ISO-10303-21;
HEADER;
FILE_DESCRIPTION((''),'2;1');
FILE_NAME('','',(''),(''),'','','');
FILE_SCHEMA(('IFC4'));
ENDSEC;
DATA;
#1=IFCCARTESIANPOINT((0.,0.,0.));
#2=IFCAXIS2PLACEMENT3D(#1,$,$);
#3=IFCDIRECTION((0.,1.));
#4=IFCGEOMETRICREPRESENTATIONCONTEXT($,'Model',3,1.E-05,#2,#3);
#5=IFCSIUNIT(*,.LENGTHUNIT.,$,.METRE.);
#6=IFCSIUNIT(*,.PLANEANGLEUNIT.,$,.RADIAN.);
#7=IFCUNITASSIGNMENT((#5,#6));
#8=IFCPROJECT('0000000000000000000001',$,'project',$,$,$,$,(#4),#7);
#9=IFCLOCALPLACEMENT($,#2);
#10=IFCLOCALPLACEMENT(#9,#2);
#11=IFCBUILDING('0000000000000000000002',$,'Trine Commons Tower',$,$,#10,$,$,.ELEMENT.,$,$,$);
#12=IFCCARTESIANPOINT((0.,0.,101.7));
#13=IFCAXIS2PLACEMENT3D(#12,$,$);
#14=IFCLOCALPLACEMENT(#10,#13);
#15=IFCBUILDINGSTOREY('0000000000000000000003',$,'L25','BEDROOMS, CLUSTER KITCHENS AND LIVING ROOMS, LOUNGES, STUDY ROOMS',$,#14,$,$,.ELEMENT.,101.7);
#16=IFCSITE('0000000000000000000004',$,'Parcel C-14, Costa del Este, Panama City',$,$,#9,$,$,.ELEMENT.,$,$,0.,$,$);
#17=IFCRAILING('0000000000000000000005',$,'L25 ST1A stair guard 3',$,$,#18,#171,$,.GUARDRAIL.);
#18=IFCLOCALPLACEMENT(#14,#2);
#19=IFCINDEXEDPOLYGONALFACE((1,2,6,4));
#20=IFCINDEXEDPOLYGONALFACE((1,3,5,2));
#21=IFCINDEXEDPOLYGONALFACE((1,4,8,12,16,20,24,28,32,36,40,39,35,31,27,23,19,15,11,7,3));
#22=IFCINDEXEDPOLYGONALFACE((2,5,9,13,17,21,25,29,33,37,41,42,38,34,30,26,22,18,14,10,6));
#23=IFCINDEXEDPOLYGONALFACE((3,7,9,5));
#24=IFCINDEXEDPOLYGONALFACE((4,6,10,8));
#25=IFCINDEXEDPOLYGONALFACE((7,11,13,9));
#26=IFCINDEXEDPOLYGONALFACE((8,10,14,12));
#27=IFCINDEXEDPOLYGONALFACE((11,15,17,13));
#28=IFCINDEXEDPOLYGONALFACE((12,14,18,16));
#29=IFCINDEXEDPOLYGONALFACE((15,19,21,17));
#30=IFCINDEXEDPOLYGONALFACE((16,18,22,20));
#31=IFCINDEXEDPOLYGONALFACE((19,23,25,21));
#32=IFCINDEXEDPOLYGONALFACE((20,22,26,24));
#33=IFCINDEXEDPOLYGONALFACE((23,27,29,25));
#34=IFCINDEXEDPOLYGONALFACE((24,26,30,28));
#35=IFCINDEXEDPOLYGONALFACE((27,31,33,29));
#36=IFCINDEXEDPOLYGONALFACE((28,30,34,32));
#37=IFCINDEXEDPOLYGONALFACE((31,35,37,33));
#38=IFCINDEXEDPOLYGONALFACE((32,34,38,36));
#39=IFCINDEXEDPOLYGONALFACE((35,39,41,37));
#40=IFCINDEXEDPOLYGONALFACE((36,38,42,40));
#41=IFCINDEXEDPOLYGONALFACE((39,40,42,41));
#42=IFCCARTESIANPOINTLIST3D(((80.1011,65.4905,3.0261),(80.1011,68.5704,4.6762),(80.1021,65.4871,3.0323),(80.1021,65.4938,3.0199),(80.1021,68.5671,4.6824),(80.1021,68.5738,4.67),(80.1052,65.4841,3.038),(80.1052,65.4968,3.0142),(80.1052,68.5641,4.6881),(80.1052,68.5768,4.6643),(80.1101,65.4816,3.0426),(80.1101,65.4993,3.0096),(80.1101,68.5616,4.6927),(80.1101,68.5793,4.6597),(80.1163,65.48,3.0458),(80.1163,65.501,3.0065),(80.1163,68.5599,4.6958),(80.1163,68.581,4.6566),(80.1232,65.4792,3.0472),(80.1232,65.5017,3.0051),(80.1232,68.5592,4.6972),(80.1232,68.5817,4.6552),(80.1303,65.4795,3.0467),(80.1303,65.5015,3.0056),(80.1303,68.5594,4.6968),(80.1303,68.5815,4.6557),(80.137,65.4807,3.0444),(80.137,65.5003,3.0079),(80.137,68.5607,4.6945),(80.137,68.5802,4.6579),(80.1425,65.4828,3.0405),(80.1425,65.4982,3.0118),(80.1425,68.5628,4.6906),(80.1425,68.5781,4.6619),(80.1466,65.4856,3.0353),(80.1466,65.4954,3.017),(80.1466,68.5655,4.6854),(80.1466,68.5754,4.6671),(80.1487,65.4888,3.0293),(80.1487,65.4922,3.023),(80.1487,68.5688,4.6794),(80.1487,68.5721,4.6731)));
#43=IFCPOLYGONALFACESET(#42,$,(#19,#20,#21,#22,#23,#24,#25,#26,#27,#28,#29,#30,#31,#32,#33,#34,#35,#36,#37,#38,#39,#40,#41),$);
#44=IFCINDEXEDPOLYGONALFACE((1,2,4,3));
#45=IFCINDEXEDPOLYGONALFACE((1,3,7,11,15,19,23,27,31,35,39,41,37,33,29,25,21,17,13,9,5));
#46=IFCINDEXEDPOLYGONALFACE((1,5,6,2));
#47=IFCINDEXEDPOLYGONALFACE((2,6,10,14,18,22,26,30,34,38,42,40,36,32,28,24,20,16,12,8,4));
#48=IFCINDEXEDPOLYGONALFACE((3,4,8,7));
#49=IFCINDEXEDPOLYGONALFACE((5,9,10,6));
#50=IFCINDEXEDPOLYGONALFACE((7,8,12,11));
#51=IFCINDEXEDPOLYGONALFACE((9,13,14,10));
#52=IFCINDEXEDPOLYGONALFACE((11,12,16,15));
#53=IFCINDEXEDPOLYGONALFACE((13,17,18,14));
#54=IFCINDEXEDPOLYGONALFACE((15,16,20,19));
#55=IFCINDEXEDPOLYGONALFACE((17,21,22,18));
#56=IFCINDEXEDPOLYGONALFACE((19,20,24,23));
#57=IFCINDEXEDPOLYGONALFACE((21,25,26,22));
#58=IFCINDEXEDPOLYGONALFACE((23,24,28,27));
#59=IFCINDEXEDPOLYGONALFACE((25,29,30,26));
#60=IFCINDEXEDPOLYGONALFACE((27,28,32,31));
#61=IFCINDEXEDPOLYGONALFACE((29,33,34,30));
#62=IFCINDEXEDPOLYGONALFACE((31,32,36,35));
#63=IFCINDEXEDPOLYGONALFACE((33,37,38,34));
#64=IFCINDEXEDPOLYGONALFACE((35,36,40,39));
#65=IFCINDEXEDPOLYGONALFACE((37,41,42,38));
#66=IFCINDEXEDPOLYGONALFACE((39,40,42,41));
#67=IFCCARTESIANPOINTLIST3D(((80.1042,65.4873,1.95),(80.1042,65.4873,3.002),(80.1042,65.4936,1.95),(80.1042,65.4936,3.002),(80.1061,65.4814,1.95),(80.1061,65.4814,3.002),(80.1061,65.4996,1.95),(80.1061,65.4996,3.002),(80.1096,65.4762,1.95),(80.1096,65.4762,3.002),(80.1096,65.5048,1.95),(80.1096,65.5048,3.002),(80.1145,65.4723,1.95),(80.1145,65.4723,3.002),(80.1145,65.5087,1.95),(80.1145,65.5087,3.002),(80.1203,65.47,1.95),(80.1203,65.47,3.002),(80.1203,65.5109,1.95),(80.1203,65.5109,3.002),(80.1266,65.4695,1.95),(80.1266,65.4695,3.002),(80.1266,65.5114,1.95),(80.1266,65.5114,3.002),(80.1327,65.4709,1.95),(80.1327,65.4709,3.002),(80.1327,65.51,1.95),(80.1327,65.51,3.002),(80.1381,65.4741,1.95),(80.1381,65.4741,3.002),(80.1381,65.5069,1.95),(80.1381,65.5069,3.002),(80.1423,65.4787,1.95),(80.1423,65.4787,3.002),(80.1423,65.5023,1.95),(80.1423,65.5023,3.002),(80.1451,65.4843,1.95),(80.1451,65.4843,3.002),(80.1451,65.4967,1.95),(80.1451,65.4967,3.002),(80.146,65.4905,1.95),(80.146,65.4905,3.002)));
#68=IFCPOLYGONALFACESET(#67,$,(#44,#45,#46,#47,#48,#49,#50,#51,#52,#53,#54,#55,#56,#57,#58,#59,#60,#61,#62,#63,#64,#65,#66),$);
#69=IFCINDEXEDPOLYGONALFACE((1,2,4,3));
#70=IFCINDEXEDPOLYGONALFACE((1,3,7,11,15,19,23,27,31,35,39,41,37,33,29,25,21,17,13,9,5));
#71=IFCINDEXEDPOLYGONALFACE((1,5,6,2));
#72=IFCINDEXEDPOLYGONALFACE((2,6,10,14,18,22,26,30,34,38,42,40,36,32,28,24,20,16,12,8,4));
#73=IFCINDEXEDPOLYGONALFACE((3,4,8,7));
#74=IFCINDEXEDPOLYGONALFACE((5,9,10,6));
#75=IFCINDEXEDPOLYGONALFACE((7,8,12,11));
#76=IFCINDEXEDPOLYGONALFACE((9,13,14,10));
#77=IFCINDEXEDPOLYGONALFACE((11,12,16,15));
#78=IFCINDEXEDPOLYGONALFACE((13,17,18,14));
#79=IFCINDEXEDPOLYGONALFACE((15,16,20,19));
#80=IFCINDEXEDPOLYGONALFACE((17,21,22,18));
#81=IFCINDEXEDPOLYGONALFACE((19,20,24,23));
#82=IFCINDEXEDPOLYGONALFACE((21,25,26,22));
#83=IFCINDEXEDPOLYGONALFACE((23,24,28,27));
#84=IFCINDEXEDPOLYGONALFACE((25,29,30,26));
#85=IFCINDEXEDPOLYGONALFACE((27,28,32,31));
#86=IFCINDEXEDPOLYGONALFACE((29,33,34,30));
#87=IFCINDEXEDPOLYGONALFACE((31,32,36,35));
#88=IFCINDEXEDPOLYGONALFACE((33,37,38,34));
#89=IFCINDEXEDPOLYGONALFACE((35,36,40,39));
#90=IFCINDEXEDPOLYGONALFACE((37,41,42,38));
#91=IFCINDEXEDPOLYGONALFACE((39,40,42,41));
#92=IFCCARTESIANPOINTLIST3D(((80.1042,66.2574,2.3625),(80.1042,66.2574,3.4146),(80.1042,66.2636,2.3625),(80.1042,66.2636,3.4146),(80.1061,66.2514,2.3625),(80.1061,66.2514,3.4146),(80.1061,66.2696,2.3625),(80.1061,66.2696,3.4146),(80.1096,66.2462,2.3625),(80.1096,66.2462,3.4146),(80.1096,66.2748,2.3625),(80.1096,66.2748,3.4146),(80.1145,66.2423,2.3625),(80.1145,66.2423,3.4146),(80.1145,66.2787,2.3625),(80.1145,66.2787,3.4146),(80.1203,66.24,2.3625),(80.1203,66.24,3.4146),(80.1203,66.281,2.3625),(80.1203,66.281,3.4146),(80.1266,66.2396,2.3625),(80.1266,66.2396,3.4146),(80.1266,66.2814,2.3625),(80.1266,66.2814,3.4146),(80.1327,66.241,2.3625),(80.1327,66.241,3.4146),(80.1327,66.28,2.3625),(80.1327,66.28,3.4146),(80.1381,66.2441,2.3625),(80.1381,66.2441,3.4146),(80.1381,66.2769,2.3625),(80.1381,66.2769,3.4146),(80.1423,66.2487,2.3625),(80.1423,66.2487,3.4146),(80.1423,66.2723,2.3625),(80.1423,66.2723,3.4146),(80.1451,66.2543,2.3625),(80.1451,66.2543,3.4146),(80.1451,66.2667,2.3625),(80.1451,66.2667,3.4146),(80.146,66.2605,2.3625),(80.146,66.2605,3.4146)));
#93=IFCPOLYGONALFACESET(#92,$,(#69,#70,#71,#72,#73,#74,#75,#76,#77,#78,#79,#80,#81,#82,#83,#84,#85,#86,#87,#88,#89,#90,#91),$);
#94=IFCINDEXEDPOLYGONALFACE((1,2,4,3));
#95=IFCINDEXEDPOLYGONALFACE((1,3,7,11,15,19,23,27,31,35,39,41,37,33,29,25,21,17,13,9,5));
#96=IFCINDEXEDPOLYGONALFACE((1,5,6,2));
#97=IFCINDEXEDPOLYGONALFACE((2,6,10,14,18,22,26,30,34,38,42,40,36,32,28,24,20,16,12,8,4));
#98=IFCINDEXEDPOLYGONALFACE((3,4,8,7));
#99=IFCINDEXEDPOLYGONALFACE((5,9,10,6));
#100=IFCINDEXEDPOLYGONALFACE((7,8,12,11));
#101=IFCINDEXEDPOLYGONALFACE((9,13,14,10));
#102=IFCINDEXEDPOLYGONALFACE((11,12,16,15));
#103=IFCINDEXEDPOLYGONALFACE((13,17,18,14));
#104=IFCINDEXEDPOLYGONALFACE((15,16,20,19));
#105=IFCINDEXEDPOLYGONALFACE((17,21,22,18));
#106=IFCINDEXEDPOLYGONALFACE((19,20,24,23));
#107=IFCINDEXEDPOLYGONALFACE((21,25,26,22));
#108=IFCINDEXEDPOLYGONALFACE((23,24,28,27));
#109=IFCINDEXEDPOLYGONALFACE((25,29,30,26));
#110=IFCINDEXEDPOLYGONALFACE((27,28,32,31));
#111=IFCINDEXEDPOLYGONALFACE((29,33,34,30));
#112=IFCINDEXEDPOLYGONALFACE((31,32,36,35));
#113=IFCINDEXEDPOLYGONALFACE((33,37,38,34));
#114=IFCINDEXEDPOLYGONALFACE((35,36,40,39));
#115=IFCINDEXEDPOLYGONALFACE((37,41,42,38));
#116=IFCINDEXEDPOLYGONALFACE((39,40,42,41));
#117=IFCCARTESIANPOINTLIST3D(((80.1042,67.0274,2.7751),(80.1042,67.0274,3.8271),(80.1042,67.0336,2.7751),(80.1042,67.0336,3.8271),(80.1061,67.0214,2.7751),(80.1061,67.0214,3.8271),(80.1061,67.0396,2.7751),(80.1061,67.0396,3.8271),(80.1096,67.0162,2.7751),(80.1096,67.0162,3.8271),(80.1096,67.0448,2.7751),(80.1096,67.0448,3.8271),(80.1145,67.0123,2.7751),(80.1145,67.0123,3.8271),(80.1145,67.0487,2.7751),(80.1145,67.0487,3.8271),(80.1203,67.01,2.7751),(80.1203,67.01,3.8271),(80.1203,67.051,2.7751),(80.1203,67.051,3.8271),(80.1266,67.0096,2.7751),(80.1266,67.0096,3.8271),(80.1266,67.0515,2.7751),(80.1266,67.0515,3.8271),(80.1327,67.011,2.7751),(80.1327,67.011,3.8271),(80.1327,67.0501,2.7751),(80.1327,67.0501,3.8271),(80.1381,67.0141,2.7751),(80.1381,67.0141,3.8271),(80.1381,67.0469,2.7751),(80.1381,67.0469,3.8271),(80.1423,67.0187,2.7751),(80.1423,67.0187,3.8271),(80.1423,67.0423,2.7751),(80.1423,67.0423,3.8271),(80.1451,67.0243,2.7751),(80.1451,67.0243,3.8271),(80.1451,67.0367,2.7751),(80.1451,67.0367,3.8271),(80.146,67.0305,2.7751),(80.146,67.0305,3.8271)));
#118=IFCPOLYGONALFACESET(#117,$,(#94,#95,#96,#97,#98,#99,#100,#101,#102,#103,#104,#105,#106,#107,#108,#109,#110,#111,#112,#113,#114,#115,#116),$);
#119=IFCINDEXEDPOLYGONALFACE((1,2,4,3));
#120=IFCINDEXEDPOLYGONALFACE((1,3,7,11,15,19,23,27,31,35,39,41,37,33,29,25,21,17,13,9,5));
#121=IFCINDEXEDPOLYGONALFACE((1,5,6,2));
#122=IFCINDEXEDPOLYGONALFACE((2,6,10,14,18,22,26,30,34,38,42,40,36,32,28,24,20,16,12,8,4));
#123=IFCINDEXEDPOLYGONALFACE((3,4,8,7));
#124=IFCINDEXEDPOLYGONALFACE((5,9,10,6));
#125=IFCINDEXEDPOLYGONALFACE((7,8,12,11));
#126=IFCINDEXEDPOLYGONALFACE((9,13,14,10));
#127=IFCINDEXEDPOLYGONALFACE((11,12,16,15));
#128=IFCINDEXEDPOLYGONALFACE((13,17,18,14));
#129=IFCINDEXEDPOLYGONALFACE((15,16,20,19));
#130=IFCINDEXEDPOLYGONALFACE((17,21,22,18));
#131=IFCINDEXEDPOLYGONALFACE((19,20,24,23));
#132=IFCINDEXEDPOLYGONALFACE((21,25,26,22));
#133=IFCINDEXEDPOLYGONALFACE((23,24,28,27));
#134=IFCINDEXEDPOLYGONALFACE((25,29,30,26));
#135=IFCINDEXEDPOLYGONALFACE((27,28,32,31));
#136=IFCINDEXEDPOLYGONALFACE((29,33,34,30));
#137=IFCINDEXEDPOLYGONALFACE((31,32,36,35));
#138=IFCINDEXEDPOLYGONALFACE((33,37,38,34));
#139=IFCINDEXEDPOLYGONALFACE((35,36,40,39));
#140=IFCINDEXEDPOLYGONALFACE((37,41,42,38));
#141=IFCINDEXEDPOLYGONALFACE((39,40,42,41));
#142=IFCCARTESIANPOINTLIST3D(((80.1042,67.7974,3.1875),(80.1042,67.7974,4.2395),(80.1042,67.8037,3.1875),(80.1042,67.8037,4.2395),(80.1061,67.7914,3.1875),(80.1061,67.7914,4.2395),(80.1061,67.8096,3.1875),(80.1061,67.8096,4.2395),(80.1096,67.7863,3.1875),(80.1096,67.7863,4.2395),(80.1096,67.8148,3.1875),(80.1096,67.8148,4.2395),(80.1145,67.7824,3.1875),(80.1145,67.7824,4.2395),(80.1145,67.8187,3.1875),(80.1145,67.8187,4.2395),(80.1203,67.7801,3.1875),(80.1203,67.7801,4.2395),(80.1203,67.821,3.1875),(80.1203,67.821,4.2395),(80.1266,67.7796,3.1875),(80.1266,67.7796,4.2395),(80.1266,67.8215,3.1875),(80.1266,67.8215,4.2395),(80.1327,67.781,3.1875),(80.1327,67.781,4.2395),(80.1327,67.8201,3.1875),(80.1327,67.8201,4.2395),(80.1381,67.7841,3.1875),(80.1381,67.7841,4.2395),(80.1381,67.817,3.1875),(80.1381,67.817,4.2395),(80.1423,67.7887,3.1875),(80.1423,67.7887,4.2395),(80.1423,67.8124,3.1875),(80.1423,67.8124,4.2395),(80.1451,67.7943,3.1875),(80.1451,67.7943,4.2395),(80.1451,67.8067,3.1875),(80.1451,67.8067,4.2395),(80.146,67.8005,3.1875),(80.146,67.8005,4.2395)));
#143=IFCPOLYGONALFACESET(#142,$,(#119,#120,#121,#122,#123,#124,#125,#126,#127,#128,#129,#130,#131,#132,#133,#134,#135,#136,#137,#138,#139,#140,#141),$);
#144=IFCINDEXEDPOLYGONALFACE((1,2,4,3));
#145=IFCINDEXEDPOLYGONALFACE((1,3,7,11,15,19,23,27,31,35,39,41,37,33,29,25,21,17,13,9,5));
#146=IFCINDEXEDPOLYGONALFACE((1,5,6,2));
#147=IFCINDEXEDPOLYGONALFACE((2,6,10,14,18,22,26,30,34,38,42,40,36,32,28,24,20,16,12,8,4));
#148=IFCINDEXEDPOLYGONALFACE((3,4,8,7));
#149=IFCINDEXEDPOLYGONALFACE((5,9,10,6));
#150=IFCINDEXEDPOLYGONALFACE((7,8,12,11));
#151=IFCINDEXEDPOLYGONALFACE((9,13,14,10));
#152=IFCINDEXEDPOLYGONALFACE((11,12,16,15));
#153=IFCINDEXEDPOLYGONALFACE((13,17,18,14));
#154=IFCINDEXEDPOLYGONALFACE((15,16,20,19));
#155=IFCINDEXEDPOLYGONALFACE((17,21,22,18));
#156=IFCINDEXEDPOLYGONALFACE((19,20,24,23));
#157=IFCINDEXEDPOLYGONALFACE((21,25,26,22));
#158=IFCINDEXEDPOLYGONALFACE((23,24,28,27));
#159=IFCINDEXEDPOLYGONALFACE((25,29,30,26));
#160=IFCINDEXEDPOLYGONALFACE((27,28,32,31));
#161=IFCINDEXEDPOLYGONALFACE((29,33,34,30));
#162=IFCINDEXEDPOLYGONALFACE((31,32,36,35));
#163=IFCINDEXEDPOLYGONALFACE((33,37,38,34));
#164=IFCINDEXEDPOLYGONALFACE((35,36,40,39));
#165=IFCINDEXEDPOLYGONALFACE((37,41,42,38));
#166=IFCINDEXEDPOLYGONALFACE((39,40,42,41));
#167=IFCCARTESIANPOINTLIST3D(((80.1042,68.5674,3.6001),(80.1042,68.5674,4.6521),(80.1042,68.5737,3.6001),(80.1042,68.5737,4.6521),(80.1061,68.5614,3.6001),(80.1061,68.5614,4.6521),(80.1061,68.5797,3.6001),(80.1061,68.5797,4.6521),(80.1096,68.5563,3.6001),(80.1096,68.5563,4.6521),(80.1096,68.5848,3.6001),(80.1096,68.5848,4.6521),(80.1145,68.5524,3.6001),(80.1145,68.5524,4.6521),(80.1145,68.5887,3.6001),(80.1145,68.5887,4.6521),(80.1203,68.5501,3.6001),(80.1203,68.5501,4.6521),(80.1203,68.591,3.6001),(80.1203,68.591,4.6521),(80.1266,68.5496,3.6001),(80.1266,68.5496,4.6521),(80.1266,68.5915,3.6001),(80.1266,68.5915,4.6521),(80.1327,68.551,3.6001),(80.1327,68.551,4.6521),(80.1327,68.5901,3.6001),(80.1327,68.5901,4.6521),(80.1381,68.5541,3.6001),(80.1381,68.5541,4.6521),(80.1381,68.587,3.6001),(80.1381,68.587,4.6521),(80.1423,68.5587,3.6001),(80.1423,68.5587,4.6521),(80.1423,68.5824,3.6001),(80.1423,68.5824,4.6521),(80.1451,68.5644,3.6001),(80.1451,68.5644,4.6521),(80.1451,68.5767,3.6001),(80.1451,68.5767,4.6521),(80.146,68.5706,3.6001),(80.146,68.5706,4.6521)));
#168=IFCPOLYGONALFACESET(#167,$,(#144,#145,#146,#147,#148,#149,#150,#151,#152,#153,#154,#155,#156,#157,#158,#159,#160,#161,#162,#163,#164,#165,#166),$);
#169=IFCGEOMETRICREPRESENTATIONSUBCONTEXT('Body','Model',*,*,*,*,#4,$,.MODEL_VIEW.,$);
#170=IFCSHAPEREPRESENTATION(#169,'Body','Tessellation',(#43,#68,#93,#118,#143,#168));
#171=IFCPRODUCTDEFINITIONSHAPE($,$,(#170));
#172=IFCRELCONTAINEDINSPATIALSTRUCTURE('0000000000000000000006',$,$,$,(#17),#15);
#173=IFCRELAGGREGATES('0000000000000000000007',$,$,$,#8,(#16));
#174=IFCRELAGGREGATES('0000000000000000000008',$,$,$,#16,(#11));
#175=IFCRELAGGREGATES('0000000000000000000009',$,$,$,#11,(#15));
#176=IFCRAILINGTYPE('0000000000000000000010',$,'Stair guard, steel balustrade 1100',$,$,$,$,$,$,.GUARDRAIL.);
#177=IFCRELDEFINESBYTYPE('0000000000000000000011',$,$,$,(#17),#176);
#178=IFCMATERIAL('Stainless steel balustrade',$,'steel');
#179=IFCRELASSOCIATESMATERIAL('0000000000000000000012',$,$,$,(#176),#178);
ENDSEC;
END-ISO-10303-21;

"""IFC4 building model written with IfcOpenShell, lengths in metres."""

from ifc_helpers import new_model, si_unit, direction, frame, origin, origin_2d, place, context, subcontext, project, spatial, circle, extrude, material, type_object, element, save


model = new_model("IFC4")

# Units and contexts
model_context = context("Model", 3, precision=1e-05, world=origin(), true_north=direction((0.0, 1.0)))
body_context = subcontext(model_context, "Body", "Model", "MODEL_VIEW")
ifc_project = project(units=[si_unit("LENGTHUNIT", "METRE"), si_unit("PLANEANGLEUNIT", "RADIAN")], contexts=[model_context])

# Site, building, storey
site_placement = place(None, origin())
site = spatial("IfcSite", under=ifc_project, at=site_placement, Name="Parcel C-14, Costa del Este, Panama City", CompositionType="ELEMENT", RefElevation=0.0)
building_placement = place(site_placement, origin())
building = spatial("IfcBuilding", under=site, at=building_placement, Name="Trine Commons Tower", CompositionType="ELEMENT")
storey_placement = place(building_placement, frame((0.0, 0.0, 101.7)))
storey = spatial("IfcBuildingStorey", under=building, at=storey_placement, Name="L25", Description="BEDROOMS, CLUSTER KITCHENS AND LIVING ROOMS, LOUNGES, STUDY ROOMS", CompositionType="ELEMENT", Elevation=101.7)

# Railing
ifc_material_1 = material(Name="Stainless steel balustrade", Category="steel")
railing_type_1 = type_object("IfcRailingType", Name="Stair guard, steel balustrade 1100", PredefinedType="GUARDRAIL", material=ifc_material_1)
railing_1_placement = place(storey_placement, frame((80.125, 65.4905, 1.95)))
element("IfcRailing", 1, at=railing_1_placement, inside=storey, type_object=railing_type_1, Name="L25 ST1A stair guard 3", PredefinedType="GUARDRAIL", context=body_context, shape_type="SweptSolid", body=[
    extrude(circle(Radius=0.0239, at=origin_2d()), frame((0.0, 0.0, 1.0762), z_axis=(0.0, 0.881468, 0.472245), x_axis=(-1.0, 0.0, 0.0)), (0.0, 0.0, 1.0), 3.4941),
    extrude(circle(Radius=0.021, at=origin_2d()), origin(), (0.0, 0.0, 1.0), 1.052),
    extrude(circle(Radius=0.021, at=origin_2d()), frame((0.0, 0.77, 0.4126)), (0.0, 0.0, 1.0), 1.052),
    extrude(circle(Radius=0.021, at=origin_2d()), frame((0.0, 1.54, 0.8252)), (0.0, 0.0, 1.0), 1.052),
    extrude(circle(Radius=0.021, at=origin_2d()), frame((0.0, 2.3101, 1.2375)), (0.0, 0.0, 1.0), 1.052),
    extrude(circle(Radius=0.021, at=origin_2d()), frame((0.0, 3.0801, 1.6501)), (0.0, 0.0, 1.0), 1.052),
])

save(model, "model.ifc")
